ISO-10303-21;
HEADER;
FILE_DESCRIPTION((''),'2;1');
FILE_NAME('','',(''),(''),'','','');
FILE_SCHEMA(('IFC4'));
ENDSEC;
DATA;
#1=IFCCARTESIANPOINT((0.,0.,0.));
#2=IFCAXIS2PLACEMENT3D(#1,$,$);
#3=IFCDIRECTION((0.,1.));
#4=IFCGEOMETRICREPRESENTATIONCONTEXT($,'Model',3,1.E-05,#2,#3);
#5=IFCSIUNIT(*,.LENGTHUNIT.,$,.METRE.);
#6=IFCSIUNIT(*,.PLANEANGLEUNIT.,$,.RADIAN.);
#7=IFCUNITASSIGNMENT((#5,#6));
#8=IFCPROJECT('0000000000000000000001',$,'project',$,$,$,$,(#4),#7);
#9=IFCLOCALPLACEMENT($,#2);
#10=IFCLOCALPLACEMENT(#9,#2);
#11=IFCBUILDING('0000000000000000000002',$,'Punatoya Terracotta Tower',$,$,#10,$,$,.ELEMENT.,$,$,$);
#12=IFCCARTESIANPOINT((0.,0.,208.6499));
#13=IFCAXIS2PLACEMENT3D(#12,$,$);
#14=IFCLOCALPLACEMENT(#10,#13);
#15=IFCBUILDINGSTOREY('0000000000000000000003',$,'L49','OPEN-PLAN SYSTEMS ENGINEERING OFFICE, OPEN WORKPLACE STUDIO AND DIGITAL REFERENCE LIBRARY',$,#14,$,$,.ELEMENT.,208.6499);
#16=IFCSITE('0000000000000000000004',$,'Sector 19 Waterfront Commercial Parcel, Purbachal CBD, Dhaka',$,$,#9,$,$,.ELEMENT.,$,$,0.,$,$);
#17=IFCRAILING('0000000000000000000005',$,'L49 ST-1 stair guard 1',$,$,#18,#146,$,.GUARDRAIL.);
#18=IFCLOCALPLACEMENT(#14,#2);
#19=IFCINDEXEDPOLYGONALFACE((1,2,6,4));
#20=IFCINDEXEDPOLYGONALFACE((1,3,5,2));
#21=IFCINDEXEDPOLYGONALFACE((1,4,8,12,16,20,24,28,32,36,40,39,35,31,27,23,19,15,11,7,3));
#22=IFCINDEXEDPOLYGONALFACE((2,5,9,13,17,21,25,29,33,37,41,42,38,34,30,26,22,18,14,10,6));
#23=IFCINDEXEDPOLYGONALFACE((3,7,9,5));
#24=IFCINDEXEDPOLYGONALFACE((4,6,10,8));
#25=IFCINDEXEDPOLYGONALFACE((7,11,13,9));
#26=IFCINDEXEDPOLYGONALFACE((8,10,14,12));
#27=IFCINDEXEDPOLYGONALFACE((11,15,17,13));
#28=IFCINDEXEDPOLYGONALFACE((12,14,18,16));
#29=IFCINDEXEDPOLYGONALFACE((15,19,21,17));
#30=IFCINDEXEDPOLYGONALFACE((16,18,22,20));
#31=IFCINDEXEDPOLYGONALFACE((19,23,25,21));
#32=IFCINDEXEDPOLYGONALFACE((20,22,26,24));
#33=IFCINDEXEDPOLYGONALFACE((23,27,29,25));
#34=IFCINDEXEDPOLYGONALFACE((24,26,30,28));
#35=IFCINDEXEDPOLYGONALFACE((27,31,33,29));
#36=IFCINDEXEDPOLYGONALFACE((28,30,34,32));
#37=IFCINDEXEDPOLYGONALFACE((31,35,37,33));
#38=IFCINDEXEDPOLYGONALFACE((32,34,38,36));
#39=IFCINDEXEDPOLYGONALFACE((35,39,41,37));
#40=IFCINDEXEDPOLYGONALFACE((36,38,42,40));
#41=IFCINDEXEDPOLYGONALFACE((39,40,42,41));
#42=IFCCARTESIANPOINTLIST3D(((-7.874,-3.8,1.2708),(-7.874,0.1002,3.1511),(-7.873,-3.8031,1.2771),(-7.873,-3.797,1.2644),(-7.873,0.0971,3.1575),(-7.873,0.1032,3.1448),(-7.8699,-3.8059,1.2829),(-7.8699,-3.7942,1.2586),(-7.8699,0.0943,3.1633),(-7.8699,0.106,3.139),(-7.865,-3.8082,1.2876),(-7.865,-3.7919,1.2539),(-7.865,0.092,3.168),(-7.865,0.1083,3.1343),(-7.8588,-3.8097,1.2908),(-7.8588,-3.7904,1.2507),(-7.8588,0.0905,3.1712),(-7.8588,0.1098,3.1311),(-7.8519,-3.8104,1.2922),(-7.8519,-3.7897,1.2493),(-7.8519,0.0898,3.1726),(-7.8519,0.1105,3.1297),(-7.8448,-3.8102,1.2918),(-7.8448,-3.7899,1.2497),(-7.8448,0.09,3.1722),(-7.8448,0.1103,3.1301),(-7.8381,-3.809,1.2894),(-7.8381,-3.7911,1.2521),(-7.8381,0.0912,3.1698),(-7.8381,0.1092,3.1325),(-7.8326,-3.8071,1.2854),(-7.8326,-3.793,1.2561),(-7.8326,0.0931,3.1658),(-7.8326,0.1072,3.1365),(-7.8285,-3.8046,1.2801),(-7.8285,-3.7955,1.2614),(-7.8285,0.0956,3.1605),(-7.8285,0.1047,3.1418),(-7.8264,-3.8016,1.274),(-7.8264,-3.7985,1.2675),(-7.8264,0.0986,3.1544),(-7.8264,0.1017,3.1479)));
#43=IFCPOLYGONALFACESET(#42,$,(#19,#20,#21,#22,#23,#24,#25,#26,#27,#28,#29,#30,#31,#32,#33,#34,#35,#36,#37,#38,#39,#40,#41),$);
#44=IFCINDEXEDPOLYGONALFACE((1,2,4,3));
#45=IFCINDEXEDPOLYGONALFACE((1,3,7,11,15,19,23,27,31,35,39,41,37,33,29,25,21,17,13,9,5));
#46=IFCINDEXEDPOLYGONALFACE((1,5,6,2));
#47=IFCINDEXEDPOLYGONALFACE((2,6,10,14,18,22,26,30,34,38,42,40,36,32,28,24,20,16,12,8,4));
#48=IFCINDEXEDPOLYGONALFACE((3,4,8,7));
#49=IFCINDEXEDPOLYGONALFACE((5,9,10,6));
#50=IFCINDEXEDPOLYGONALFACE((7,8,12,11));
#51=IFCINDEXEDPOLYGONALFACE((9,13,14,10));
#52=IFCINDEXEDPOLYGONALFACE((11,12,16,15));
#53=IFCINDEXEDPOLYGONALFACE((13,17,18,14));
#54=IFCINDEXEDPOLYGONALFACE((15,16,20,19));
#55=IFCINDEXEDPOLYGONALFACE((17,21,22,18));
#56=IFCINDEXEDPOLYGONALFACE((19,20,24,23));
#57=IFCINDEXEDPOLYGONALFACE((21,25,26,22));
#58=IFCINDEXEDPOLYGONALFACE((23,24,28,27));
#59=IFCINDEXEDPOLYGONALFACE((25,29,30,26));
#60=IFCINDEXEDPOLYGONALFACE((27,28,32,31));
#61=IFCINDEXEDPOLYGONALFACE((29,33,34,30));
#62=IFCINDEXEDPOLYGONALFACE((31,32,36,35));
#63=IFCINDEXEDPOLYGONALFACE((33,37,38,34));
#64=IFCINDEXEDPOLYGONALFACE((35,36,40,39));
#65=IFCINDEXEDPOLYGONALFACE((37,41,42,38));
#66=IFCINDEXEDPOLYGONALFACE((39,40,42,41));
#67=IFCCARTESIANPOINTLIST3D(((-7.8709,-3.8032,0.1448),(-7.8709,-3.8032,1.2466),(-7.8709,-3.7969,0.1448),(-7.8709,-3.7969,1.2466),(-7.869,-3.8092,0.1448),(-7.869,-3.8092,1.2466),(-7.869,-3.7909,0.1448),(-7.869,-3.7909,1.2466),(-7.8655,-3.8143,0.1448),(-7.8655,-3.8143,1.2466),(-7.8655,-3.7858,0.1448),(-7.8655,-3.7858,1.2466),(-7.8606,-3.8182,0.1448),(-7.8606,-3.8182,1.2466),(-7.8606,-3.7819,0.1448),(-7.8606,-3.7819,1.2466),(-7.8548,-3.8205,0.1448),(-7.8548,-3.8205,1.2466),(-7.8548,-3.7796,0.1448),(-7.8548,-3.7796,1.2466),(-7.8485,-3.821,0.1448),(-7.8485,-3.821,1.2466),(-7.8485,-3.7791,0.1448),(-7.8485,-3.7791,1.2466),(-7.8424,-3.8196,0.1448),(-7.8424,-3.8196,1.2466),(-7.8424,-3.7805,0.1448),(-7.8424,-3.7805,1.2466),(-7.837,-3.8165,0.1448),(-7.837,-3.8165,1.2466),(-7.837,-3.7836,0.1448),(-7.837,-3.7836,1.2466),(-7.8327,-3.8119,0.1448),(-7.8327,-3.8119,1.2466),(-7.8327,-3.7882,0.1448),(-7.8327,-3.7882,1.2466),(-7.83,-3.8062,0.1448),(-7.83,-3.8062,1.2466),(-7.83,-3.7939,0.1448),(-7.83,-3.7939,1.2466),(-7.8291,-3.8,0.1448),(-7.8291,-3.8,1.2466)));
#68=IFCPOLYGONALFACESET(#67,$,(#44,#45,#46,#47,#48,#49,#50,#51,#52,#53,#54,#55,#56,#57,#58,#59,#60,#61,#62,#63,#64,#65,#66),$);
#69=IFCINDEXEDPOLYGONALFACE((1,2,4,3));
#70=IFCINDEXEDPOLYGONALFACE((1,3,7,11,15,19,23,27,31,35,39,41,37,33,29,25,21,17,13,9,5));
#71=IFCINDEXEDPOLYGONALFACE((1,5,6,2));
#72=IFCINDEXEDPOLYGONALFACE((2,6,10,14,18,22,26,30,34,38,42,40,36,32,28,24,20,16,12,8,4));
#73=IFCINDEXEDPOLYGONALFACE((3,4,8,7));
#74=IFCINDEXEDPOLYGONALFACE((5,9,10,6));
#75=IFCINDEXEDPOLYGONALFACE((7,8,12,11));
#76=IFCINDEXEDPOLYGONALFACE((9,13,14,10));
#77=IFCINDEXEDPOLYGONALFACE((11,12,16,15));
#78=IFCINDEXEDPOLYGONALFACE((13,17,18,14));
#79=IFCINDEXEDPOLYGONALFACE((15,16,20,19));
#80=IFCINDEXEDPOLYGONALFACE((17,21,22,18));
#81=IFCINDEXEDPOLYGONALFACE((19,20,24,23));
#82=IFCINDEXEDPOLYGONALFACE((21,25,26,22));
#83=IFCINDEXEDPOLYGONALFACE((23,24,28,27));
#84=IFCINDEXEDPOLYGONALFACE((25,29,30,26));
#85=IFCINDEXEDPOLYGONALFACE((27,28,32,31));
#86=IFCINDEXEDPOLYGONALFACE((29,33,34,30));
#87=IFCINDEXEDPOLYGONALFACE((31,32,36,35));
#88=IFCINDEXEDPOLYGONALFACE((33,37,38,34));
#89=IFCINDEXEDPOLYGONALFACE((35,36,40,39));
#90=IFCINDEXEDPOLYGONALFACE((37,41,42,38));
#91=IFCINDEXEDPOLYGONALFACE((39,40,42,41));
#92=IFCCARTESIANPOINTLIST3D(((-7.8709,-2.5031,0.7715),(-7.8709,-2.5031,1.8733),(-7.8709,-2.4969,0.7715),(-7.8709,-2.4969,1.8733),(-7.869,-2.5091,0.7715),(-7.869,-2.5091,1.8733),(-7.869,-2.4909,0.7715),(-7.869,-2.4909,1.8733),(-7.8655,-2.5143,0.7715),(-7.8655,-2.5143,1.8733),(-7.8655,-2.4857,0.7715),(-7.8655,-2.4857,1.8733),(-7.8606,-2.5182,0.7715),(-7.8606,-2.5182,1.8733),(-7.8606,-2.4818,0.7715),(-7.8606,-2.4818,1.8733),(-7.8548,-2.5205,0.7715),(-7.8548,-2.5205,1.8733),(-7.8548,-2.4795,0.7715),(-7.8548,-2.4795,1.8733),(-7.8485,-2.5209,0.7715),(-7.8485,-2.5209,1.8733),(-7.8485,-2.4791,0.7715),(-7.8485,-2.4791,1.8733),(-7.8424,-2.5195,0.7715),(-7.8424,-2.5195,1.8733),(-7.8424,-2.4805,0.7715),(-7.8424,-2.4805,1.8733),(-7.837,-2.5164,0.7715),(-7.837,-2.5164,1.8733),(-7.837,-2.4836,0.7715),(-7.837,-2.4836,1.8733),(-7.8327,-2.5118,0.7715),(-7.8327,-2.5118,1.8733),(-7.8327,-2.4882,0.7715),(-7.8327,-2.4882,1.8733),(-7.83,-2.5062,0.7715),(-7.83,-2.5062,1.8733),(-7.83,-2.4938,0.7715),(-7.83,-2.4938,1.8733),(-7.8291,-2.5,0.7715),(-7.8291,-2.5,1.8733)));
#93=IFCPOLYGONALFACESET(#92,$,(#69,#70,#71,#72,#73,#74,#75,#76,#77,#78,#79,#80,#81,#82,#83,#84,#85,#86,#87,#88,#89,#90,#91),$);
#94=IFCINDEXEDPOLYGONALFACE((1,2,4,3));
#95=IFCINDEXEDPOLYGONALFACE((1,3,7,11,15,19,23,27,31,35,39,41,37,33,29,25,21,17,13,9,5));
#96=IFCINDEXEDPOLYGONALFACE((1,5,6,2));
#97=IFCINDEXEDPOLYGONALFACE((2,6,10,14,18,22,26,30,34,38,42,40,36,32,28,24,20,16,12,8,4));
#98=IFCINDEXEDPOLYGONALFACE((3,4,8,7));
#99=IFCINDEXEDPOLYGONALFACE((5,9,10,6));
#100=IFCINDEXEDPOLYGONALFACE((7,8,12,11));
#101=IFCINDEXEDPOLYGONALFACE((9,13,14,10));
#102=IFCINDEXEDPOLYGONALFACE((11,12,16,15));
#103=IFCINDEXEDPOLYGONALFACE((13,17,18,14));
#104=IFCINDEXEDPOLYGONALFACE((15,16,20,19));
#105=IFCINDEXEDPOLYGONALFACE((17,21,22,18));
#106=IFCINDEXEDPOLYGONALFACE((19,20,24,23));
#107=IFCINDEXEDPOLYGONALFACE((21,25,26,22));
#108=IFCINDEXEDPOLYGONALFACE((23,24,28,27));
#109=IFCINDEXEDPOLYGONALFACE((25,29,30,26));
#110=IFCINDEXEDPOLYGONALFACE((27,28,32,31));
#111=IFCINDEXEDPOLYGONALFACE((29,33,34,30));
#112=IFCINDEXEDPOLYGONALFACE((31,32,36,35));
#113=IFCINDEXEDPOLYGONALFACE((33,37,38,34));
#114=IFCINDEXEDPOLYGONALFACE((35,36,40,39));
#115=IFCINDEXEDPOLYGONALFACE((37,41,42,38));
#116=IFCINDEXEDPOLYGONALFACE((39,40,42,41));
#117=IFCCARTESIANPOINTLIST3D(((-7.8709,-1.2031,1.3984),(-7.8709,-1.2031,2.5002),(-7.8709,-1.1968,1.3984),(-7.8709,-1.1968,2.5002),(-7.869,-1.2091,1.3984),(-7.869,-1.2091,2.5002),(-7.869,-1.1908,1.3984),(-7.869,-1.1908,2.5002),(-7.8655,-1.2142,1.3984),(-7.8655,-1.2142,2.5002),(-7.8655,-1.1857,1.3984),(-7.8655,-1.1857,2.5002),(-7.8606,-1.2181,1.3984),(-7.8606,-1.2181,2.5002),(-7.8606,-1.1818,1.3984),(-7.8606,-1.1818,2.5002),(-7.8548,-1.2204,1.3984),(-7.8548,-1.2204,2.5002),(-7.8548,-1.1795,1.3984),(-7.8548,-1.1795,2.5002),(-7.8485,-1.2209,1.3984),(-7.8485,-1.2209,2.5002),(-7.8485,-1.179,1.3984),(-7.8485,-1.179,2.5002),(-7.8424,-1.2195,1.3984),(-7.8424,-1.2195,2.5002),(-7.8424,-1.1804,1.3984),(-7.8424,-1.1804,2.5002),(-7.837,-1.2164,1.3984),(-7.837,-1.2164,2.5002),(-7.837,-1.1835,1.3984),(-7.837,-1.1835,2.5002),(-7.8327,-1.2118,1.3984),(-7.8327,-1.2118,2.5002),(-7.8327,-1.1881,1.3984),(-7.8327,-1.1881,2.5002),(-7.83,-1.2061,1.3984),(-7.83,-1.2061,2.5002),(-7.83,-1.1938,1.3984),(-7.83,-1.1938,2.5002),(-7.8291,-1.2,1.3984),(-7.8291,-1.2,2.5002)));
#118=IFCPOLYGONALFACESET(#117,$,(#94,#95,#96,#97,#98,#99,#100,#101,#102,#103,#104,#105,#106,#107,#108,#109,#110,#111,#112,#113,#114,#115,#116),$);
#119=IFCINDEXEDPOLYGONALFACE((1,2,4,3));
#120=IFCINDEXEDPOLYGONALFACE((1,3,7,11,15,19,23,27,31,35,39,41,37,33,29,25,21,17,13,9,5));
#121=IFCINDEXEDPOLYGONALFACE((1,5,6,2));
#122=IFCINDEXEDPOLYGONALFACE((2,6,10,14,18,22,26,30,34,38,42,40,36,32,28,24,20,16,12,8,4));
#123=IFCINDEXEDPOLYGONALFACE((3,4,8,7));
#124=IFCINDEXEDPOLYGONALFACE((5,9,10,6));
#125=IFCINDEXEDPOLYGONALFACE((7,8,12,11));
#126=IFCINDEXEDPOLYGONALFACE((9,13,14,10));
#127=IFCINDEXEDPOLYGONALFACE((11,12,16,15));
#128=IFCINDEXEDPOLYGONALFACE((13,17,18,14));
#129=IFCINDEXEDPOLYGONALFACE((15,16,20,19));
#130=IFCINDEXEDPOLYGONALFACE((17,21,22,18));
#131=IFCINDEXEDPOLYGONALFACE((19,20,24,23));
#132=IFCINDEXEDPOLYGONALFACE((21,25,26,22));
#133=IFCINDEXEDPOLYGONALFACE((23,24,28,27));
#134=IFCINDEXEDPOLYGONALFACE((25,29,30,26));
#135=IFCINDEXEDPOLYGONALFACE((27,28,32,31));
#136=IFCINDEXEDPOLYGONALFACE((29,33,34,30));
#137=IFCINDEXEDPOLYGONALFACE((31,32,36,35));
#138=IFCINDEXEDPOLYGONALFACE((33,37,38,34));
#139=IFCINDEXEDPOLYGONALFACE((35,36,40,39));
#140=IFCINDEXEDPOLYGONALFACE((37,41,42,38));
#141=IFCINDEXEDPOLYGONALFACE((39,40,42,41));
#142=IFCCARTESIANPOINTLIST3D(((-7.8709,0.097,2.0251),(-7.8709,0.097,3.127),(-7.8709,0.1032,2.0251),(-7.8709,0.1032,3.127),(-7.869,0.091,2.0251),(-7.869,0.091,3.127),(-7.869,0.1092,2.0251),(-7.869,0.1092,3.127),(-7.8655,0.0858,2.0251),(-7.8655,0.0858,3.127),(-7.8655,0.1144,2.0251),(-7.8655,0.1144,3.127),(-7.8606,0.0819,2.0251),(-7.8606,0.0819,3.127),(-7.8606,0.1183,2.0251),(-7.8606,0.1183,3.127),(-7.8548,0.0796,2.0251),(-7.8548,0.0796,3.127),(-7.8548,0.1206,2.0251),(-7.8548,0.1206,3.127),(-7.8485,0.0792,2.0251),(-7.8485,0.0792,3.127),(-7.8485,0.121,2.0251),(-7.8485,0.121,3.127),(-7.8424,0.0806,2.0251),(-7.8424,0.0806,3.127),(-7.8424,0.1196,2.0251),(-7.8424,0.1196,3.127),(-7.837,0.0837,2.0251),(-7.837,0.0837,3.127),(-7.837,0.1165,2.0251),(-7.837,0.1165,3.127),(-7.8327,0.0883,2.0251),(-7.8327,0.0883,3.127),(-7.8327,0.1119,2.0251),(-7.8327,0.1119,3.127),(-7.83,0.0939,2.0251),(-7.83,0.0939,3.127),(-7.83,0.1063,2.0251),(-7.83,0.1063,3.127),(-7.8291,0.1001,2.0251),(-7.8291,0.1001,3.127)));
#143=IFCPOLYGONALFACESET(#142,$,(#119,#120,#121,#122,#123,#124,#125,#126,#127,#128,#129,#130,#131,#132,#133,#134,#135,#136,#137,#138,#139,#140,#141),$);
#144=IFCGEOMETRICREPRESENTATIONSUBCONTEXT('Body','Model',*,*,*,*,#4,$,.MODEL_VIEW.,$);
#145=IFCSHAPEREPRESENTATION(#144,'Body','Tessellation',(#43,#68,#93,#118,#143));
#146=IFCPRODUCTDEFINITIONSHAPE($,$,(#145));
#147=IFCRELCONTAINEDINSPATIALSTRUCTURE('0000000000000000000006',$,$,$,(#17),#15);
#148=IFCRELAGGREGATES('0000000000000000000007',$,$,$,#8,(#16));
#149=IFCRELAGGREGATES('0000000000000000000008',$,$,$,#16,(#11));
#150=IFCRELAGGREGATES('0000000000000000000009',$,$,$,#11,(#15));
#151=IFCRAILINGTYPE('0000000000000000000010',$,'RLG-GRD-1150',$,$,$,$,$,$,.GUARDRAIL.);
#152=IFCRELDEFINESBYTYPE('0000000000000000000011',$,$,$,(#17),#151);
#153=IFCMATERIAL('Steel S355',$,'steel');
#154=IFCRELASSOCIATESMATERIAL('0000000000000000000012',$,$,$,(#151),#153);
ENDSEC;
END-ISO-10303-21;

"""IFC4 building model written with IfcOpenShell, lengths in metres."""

from ifc_helpers import new_model, si_unit, direction, frame, origin, origin_2d, place, context, subcontext, project, spatial, circle, extrude, material, type_object, element, save


model = new_model("IFC4")

# Units and contexts
model_context = context("Model", 3, precision=1e-05, world=origin(), true_north=direction((0.0, 1.0)))
body_context = subcontext(model_context, "Body", "Model", "MODEL_VIEW")
ifc_project = project(units=[si_unit("LENGTHUNIT", "METRE"), si_unit("PLANEANGLEUNIT", "RADIAN")], contexts=[model_context])

# Site, building, storey
site_placement = place(None, origin())
site = spatial("IfcSite", under=ifc_project, at=site_placement, Name="Sector 19 Waterfront Commercial Parcel, Purbachal CBD, Dhaka", CompositionType="ELEMENT", RefElevation=0.0)
building_placement = place(site_placement, origin())
building = spatial("IfcBuilding", under=site, at=building_placement, Name="Punatoya Terracotta Tower", CompositionType="ELEMENT")
storey_placement = place(building_placement, frame((0.0, 0.0, 208.6499)))
storey = spatial("IfcBuildingStorey", under=building, at=storey_placement, Name="L49", Description="OPEN-PLAN SYSTEMS ENGINEERING OFFICE, OPEN WORKPLACE STUDIO AND DIGITAL REFERENCE LIBRARY", CompositionType="ELEMENT", Elevation=208.6499)

# Shared definitions
ifc_material_1 = material(Name="Steel S355", Category="steel")

# Railing
railing_type_1 = type_object("IfcRailingType", Name="RLG-GRD-1150", PredefinedType="GUARDRAIL", material=ifc_material_1)
railing_1_placement = place(storey_placement, frame((-7.8501, -3.8, 0.1448)))
element("IfcRailing", 1, at=railing_1_placement, inside=storey, type_object=railing_type_1, Name="L49 ST-1 stair guard 1", PredefinedType="GUARDRAIL", context=body_context, shape_type="SweptSolid", body=[
    extrude(circle(Radius=0.0239, at=origin_2d()), frame((0.0, 0.0, 1.126), z_axis=(0.0, 0.900774, 0.434289), x_axis=(-1.0, 0.0, 0.0)), (0.0, 0.0, 1.0), 4.3298),
    extrude(circle(Radius=0.021, at=origin_2d()), origin(), (0.0, 0.0, 1.0), 1.1018),
    extrude(circle(Radius=0.021, at=origin_2d()), frame((0.0, 1.3, 0.6267)), (0.0, 0.0, 1.0), 1.1018),
    extrude(circle(Radius=0.021, at=origin_2d()), frame((0.0, 2.6001, 1.2537)), (0.0, 0.0, 1.0), 1.1018),
    extrude(circle(Radius=0.021, at=origin_2d()), frame((0.0, 3.9001, 1.8804)), (0.0, 0.0, 1.0), 1.1018),
])

save(model, "model.ifc")
